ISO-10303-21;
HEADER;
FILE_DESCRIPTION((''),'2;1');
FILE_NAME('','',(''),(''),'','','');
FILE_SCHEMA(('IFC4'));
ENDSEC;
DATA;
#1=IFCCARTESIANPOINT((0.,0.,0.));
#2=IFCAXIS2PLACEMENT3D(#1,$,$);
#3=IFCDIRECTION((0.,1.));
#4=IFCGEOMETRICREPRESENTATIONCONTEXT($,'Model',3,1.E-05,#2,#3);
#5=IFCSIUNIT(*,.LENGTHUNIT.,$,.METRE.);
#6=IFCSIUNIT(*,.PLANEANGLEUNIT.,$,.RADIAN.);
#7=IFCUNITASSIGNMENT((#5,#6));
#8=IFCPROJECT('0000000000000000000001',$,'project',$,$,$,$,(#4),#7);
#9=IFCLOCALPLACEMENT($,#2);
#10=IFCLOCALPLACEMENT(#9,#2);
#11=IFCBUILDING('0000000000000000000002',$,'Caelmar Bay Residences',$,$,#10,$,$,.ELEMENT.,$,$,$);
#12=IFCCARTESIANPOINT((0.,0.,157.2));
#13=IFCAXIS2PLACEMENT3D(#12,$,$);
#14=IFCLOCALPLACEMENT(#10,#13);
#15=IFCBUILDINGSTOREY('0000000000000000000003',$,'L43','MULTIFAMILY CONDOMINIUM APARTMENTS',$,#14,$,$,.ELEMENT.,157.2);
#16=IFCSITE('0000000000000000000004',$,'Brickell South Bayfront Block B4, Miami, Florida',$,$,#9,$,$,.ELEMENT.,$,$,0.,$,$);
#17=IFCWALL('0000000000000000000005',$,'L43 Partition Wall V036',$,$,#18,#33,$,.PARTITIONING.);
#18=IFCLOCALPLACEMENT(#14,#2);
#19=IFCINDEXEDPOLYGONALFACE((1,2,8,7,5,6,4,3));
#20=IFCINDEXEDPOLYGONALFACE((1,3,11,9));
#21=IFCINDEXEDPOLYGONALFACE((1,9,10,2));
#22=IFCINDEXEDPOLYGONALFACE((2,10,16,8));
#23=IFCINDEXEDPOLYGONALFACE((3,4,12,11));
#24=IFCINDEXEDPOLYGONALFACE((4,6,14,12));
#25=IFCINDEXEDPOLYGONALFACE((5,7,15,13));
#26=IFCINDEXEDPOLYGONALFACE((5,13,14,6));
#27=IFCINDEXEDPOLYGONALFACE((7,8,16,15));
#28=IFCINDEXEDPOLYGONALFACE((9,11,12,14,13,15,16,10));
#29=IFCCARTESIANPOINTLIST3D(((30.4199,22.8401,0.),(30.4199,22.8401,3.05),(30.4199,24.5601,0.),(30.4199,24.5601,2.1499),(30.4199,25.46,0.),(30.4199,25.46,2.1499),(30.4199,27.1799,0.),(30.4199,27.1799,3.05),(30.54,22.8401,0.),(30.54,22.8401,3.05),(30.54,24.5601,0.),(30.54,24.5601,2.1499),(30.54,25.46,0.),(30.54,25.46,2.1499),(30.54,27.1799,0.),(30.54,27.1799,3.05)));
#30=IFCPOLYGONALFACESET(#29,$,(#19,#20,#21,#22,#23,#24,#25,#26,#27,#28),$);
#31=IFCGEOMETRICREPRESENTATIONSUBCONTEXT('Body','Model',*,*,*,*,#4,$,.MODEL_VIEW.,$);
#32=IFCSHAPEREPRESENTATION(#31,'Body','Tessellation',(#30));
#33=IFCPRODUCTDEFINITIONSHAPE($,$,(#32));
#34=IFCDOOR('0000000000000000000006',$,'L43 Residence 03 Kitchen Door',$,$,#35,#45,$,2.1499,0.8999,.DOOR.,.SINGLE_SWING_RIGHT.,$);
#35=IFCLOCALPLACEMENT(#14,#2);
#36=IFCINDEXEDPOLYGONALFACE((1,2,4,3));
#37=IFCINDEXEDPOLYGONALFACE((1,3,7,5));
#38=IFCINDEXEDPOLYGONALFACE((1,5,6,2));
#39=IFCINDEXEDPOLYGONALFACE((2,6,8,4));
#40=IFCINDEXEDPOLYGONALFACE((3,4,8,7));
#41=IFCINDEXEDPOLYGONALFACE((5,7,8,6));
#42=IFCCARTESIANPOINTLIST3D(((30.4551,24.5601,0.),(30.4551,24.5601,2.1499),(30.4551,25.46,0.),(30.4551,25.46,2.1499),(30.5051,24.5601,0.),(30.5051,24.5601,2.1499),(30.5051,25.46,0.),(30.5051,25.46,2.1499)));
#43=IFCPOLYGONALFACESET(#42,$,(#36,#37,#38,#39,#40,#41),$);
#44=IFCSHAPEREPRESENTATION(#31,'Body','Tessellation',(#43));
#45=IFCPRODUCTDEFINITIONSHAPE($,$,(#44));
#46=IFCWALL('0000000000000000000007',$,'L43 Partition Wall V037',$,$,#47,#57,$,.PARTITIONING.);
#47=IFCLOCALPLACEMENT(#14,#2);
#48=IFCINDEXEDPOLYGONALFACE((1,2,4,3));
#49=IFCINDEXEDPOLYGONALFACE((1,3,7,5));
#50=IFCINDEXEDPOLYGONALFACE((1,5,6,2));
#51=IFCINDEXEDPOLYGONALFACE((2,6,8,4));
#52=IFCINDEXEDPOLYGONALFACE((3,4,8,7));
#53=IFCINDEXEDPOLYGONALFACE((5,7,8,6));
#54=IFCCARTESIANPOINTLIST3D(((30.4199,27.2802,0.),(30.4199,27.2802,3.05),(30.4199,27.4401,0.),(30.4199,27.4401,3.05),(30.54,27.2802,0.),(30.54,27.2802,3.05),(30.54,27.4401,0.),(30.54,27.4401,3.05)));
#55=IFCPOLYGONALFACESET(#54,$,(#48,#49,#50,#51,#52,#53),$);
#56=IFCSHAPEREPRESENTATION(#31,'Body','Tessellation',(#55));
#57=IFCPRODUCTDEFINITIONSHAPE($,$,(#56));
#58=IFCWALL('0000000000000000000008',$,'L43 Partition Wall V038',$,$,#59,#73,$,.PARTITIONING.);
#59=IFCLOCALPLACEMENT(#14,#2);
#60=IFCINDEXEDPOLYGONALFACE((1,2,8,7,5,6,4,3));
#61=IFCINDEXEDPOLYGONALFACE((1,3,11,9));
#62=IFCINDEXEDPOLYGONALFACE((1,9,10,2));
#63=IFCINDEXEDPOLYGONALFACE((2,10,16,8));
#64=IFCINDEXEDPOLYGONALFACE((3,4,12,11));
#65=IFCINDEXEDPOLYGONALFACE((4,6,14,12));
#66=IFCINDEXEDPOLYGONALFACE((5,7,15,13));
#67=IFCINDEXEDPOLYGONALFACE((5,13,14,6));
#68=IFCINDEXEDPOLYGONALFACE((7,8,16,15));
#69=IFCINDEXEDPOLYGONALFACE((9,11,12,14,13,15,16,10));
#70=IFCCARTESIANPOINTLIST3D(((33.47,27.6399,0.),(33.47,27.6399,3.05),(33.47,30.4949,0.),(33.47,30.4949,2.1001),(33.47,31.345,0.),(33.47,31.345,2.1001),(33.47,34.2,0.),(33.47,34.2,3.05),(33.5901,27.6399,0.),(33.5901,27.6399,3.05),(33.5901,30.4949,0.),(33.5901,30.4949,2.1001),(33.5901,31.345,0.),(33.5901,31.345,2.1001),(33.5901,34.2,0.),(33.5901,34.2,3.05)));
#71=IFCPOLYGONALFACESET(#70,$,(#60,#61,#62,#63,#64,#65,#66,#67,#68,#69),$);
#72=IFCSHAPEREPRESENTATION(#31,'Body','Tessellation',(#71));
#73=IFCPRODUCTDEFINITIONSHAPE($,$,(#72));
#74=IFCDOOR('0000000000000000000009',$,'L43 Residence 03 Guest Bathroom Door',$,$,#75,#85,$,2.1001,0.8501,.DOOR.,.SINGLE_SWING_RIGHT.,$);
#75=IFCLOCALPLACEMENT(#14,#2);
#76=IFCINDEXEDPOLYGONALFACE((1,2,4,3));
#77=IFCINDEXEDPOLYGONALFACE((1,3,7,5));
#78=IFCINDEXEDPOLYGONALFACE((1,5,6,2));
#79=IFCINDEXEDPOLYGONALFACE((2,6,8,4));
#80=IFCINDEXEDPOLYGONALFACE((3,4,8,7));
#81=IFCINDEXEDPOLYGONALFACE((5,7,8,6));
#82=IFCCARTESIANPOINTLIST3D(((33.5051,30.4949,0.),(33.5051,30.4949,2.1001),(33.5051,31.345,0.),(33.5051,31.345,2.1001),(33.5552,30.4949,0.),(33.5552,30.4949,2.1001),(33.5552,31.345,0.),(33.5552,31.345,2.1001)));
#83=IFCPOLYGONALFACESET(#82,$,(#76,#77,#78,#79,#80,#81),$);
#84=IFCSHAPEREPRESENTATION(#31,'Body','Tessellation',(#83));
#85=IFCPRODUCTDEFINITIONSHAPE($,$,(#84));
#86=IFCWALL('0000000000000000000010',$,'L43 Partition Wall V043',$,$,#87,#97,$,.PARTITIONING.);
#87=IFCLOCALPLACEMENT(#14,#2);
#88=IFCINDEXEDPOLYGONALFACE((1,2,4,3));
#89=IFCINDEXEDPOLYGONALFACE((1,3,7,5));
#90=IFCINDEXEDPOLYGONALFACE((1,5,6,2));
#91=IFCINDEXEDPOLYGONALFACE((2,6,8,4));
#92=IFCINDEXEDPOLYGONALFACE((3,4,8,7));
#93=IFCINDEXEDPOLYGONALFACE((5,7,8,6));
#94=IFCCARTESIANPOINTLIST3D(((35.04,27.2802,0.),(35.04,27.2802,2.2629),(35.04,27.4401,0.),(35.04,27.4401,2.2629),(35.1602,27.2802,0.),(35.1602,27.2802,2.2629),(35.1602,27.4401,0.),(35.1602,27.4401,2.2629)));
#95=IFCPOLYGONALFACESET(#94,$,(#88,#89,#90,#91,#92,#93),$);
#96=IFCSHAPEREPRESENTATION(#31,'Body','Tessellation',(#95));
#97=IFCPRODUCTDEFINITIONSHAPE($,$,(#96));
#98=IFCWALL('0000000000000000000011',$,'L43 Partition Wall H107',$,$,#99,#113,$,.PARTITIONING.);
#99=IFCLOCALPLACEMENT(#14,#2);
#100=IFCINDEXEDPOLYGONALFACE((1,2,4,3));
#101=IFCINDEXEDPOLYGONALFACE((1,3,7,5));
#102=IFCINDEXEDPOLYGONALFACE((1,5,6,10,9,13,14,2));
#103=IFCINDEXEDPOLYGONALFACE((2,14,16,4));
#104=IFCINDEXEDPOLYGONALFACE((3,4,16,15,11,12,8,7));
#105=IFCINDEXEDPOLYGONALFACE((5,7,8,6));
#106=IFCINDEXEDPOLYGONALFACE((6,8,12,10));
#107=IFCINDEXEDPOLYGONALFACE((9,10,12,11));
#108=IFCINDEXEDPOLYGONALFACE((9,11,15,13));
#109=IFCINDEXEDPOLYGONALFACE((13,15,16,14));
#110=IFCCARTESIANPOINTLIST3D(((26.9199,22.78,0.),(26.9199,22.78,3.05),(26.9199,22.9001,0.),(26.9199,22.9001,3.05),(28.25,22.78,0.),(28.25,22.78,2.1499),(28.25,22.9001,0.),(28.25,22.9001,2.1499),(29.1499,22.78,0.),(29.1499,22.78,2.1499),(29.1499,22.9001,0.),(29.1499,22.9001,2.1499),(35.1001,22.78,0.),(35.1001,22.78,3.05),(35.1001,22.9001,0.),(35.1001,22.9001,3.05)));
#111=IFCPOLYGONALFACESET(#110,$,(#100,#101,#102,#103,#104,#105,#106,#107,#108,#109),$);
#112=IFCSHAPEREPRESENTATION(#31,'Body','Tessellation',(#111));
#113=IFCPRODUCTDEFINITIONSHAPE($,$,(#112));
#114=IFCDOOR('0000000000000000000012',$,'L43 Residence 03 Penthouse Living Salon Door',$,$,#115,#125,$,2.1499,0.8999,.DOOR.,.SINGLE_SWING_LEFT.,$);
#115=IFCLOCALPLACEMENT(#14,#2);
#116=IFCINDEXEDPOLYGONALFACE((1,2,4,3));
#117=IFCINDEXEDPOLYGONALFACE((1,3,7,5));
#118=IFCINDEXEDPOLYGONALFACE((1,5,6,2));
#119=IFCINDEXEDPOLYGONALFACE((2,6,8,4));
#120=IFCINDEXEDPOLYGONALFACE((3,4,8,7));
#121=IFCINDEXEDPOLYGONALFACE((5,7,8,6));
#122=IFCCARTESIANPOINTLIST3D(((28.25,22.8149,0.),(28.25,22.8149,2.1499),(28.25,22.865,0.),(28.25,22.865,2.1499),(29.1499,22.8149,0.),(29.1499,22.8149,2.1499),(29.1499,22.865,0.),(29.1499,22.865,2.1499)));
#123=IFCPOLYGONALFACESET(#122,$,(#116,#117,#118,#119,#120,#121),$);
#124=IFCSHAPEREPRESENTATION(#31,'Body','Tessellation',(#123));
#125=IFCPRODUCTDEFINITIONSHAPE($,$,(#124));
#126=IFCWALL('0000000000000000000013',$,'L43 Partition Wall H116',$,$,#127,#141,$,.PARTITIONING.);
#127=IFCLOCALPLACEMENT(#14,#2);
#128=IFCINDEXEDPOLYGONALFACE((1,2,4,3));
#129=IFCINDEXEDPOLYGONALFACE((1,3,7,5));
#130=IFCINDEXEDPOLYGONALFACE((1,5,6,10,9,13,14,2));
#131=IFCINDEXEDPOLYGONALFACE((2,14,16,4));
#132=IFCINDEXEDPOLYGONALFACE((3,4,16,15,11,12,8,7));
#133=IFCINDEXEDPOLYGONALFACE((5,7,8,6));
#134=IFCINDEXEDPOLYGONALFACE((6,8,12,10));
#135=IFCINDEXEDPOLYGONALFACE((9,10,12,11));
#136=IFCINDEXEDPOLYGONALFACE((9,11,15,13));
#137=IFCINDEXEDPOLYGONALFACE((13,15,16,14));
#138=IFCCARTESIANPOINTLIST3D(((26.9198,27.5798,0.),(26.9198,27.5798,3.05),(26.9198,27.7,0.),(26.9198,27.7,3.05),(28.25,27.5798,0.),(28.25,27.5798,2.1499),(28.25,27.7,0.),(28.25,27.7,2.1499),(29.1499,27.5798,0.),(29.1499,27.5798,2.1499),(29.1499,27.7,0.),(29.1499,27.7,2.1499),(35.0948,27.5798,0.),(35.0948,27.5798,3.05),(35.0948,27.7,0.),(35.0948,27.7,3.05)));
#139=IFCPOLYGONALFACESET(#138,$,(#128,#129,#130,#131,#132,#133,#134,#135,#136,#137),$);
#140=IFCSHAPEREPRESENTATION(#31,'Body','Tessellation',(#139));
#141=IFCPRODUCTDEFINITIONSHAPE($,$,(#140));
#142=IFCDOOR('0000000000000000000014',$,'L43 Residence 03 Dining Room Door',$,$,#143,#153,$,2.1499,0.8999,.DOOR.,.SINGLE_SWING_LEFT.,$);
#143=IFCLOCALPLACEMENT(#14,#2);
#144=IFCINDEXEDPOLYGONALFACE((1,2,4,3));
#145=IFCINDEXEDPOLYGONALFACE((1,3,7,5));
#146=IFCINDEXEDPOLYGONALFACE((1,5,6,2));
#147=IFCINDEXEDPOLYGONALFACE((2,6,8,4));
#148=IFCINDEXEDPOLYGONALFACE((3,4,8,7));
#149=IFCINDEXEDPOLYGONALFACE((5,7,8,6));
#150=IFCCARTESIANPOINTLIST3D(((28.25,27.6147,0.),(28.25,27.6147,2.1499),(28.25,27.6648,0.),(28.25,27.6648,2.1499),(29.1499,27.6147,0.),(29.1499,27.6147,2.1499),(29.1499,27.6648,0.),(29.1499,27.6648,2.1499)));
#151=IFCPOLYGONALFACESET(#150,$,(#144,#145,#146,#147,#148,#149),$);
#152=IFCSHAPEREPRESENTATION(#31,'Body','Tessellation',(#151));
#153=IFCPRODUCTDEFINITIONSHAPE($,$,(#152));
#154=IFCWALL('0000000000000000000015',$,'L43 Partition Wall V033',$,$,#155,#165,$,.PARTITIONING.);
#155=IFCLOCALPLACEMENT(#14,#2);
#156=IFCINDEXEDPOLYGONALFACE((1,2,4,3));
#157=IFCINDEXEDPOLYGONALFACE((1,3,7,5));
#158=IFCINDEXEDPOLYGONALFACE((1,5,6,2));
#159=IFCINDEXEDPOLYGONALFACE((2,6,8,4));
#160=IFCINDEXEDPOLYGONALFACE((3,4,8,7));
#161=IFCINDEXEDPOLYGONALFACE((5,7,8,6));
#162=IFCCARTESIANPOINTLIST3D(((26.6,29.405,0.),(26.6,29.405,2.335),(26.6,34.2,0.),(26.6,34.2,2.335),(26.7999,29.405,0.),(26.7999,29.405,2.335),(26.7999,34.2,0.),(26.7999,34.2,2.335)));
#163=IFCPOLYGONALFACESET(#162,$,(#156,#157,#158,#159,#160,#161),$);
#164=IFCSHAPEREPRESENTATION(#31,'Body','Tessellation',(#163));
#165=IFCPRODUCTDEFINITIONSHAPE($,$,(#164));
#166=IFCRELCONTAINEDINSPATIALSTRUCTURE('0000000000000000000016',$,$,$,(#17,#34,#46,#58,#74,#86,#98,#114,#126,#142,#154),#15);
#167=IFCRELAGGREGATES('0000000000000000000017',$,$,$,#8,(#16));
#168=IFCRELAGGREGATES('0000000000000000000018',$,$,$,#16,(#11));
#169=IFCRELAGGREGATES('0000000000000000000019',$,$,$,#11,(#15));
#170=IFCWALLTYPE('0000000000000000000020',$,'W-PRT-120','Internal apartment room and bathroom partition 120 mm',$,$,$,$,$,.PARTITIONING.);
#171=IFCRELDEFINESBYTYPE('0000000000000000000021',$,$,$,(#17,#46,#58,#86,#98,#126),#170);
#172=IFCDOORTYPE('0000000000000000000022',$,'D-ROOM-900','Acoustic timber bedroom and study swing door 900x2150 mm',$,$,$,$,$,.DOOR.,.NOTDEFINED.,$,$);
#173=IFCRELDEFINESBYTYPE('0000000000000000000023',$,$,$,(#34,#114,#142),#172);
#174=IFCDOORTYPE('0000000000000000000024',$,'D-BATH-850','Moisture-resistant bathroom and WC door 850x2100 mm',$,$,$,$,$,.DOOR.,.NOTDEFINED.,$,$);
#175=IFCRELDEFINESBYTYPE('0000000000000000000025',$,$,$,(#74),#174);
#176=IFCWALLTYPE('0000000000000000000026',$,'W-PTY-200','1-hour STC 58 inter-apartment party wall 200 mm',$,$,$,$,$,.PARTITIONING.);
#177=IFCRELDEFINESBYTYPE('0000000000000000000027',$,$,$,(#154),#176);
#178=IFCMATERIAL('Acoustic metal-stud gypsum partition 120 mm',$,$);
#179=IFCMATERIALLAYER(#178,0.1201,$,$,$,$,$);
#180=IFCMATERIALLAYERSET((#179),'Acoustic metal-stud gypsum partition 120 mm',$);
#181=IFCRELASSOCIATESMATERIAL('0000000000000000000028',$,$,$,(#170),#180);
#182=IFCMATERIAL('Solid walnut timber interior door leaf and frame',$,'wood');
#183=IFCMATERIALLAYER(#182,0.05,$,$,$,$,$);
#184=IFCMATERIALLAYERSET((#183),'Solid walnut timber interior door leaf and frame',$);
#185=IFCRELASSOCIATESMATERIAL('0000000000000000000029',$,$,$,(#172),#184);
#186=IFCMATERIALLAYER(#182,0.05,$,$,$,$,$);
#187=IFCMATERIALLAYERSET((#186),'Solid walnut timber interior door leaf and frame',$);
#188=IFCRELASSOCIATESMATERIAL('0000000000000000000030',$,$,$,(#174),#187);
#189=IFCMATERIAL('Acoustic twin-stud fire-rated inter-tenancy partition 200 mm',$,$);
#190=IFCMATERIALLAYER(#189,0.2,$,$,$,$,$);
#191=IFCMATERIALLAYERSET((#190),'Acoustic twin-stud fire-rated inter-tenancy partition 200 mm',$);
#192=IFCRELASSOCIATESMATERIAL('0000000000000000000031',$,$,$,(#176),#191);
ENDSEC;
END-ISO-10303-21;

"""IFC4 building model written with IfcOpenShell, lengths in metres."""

from ifc_helpers import new_model, si_unit, direction, frame, frame_2d, origin, place, context, subcontext, project, spatial, rectangle, extrude, material, layer, layer_set, type_object, element, fill, save


model = new_model("IFC4")

# Units and contexts
model_context = context("Model", 3, precision=1e-05, world=origin(), true_north=direction((0.0, 1.0)))
body_context = subcontext(model_context, "Body", "Model", "MODEL_VIEW")
ifc_project = project(units=[si_unit("LENGTHUNIT", "METRE"), si_unit("PLANEANGLEUNIT", "RADIAN")], contexts=[model_context])

# Site, building, storey
site_placement = place(None, origin())
site = spatial("IfcSite", under=ifc_project, at=site_placement, Name="Brickell South Bayfront Block B4, Miami, Florida", CompositionType="ELEMENT", RefElevation=0.0)
building_placement = place(site_placement, origin())
building = spatial("IfcBuilding", under=site, at=building_placement, Name="Caelmar Bay Residences", CompositionType="ELEMENT")
storey_placement = place(building_placement, frame((0.0, 0.0, 157.2)))
storey = spatial("IfcBuildingStorey", under=building, at=storey_placement, Name="L43", Description="MULTIFAMILY CONDOMINIUM APARTMENTS", CompositionType="ELEMENT", Elevation=157.2)

# Wall, opening, door
ifc_material_1 = material(Name="Acoustic metal-stud gypsum partition 120 mm")
ifc_layer_1 = layer(ifc_material_1, 0.1201)
ifc_layer_set_1 = layer_set([ifc_layer_1], Name="Acoustic metal-stud gypsum partition 120 mm")
wall_type_1 = type_object("IfcWallType", Name="W-PRT-120", Description="Internal apartment room and bathroom partition 120 mm", PredefinedType="PARTITIONING", material=ifc_layer_set_1)
wall_1_placement = place(storey_placement, frame((30.48, 22.8401, 0.0), z_axis=(0.0, 0.0, 1.0), x_axis=(0.0, 1.0, 0.0)))
wall_1 = element("IfcWall", 1, at=wall_1_placement, inside=storey, type_object=wall_type_1, Name="L43 Partition Wall V036", PredefinedType="PARTITIONING", context=body_context, shape_type="SweptSolid", body=[
    extrude(rectangle(XDim=4.3398, YDim=0.1201, at=frame_2d((2.1699, 0.0))), origin(), (0.0, 0.0, 1.0), 3.05),
])
opening_1_placement = place(wall_1_placement, frame((1.72, 0.0, 0.0)))
opening_1 = element("IfcOpeningElement", 2, at=opening_1_placement, cuts=wall_1, PredefinedType="OPENING", context=body_context, shape_type="SweptSolid", body=[
    extrude(rectangle(XDim=0.8999, YDim=2.1499, at=frame_2d((0.45, 1.075))), frame((0.0, 0.0701, 0.0), z_axis=(0.0, -1.0, 0.0), x_axis=(1.0, 0.0, 0.0)), (0.0, 0.0, 1.0), 0.1401),
])
ifc_material_2 = material(Name="Solid walnut timber interior door leaf and frame", Category="wood")
ifc_layer_2 = layer(ifc_material_2, 0.05)
ifc_layer_set_2 = layer_set([ifc_layer_2], Name="Solid walnut timber interior door leaf and frame")
door_type_1 = type_object("IfcDoorType", Name="D-ROOM-900", Description="Acoustic timber bedroom and study swing door 900x2150 mm", OperationType="NOTDEFINED", PredefinedType="DOOR", material=ifc_layer_set_2)
door_1_placement = place(opening_1_placement, origin())
door_1 = element("IfcDoor", 3, at=door_1_placement, inside=storey, type_object=door_type_1, Name="L43 Residence 03 Kitchen Door", OperationType="SINGLE_SWING_RIGHT", OverallHeight=2.1499, OverallWidth=0.8999, PredefinedType="DOOR", context=body_context, shape_type="SweptSolid", body=[
    extrude(rectangle(XDim=0.8999, YDim=2.1499, at=frame_2d((0.45, 1.075))), frame((0.0, 0.0249, 0.0), z_axis=(0.0, -1.0, 0.0), x_axis=(1.0, 0.0, 0.0)), (0.0, 0.0, 1.0), 0.05),
])
fill(opening_1, door_1)

# Wall
wall_2_placement = place(storey_placement, frame((30.48, 27.28, 0.0), z_axis=(0.0, 0.0, 1.0), x_axis=(0.0, 1.0, 0.0)))
element("IfcWall", 4, at=wall_2_placement, inside=storey, type_object=wall_type_1, Name="L43 Partition Wall V037", PredefinedType="PARTITIONING", context=body_context, shape_type="SweptSolid", body=[
    extrude(rectangle(XDim=0.1599, YDim=0.1201, at=frame_2d((0.0801, 0.0))), origin(), (0.0, 0.0, 1.0), 3.05),
])

# Wall, opening, door
wall_3_placement = place(storey_placement, frame((33.53, 27.6399, 0.0), z_axis=(0.0, 0.0, 1.0), x_axis=(0.0, 1.0, 0.0)))
wall_3 = element("IfcWall", 5, at=wall_3_placement, inside=storey, type_object=wall_type_1, Name="L43 Partition Wall V038", PredefinedType="PARTITIONING", context=body_context, shape_type="SweptSolid", body=[
    extrude(rectangle(XDim=6.5601, YDim=0.1201, at=frame_2d((3.28, 0.0))), origin(), (0.0, 0.0, 1.0), 3.05),
])
opening_2_placement = place(wall_3_placement, frame((2.855, 0.0, 0.0)))
opening_2 = element("IfcOpeningElement", 6, at=opening_2_placement, cuts=wall_3, PredefinedType="OPENING", context=body_context, shape_type="SweptSolid", body=[
    extrude(rectangle(XDim=0.8501, YDim=2.1001, at=frame_2d((0.425, 1.05))), frame((0.0, 0.0701, 0.0), z_axis=(0.0, -1.0, 0.0), x_axis=(1.0, 0.0, 0.0)), (0.0, 0.0, 1.0), 0.1401),
])
ifc_layer_3 = layer(ifc_material_2, 0.05)
ifc_layer_set_3 = layer_set([ifc_layer_3], Name="Solid walnut timber interior door leaf and frame")
door_type_2 = type_object("IfcDoorType", Name="D-BATH-850", Description="Moisture-resistant bathroom and WC door 850x2100 mm", OperationType="NOTDEFINED", PredefinedType="DOOR", material=ifc_layer_set_3)
door_2_placement = place(opening_2_placement, origin())
door_2 = element("IfcDoor", 7, at=door_2_placement, inside=storey, type_object=door_type_2, Name="L43 Residence 03 Guest Bathroom Door", OperationType="SINGLE_SWING_RIGHT", OverallHeight=2.1001, OverallWidth=0.8501, PredefinedType="DOOR", context=body_context, shape_type="SweptSolid", body=[
    extrude(rectangle(XDim=0.8501, YDim=2.1001, at=frame_2d((0.425, 1.05))), frame((0.0, 0.0249, 0.0), z_axis=(0.0, -1.0, 0.0), x_axis=(1.0, 0.0, 0.0)), (0.0, 0.0, 1.0), 0.05),
])
fill(opening_2, door_2)

# Wall
wall_4_placement = place(storey_placement, frame((35.1001, 27.28, 0.0), z_axis=(0.0, 0.0, 1.0), x_axis=(0.0, 1.0, 0.0)))
element("IfcWall", 8, at=wall_4_placement, inside=storey, type_object=wall_type_1, Name="L43 Partition Wall V043", PredefinedType="PARTITIONING", context=body_context, shape_type="SweptSolid", body=[
    extrude(rectangle(XDim=0.1599, YDim=0.1201, at=frame_2d((0.0801, 0.0))), origin(), (0.0, 0.0, 1.0), 2.2629),
])

# Walls, openings, doors
wall_5_placement = place(storey_placement, frame((26.9199, 22.8401, 0.0), z_axis=(0.0, 0.0, 1.0), x_axis=(1.0, 0.0, 0.0)))
wall_5 = element("IfcWall", 9, at=wall_5_placement, inside=storey, type_object=wall_type_1, Name="L43 Partition Wall H107", PredefinedType="PARTITIONING", context=body_context, shape_type="SweptSolid", body=[
    extrude(rectangle(XDim=8.1802, YDim=0.1201, at=frame_2d((4.0901, 0.0))), origin(), (0.0, 0.0, 1.0), 3.05),
])
opening_3_placement = place(wall_5_placement, frame((1.3301, 0.0, 0.0)))
opening_3 = element("IfcOpeningElement", 10, at=opening_3_placement, cuts=wall_5, PredefinedType="OPENING", context=body_context, shape_type="SweptSolid", body=[
    extrude(rectangle(XDim=0.8999, YDim=2.1499, at=frame_2d((0.45, 1.075))), frame((0.0, 0.0701, 0.0), z_axis=(0.0, -1.0, 0.0), x_axis=(1.0, 0.0, 0.0)), (0.0, 0.0, 1.0), 0.1401),
])
door_3_placement = place(opening_3_placement, origin())
door_3 = element("IfcDoor", 11, at=door_3_placement, inside=storey, type_object=door_type_1, Name="L43 Residence 03 Penthouse Living Salon Door", OperationType="SINGLE_SWING_LEFT", OverallHeight=2.1499, OverallWidth=0.8999, PredefinedType="DOOR", context=body_context, shape_type="SweptSolid", body=[
    extrude(rectangle(XDim=0.8999, YDim=2.1499, at=frame_2d((0.45, 1.075))), frame((0.0, 0.0249, 0.0), z_axis=(0.0, -1.0, 0.0), x_axis=(1.0, 0.0, 0.0)), (0.0, 0.0, 1.0), 0.05),
])
fill(opening_3, door_3)
wall_6_placement = place(storey_placement, frame((26.9199, 27.6399, 0.0), z_axis=(0.0, 0.0, 1.0), x_axis=(1.0, 0.0, 0.0)))
wall_6 = element("IfcWall", 12, at=wall_6_placement, inside=storey, type_object=wall_type_1, Name="L43 Partition Wall H116", PredefinedType="PARTITIONING", context=body_context, shape_type="SweptSolid", body=[
    extrude(rectangle(XDim=8.175, YDim=0.1201, at=frame_2d((4.0874, 0.0))), origin(), (0.0, 0.0, 1.0), 3.05),
])
opening_4_placement = place(wall_6_placement, frame((1.3301, 0.0, 0.0)))
opening_4 = element("IfcOpeningElement", 13, at=opening_4_placement, cuts=wall_6, PredefinedType="OPENING", context=body_context, shape_type="SweptSolid", body=[
    extrude(rectangle(XDim=0.8999, YDim=2.1499, at=frame_2d((0.45, 1.075))), frame((0.0, 0.0701, 0.0), z_axis=(0.0, -1.0, 0.0), x_axis=(1.0, 0.0, 0.0)), (0.0, 0.0, 1.0), 0.1401),
])
door_4_placement = place(opening_4_placement, origin())
door_4 = element("IfcDoor", 14, at=door_4_placement, inside=storey, type_object=door_type_1, Name="L43 Residence 03 Dining Room Door", OperationType="SINGLE_SWING_LEFT", OverallHeight=2.1499, OverallWidth=0.8999, PredefinedType="DOOR", context=body_context, shape_type="SweptSolid", body=[
    extrude(rectangle(XDim=0.8999, YDim=2.1499, at=frame_2d((0.45, 1.075))), frame((0.0, 0.0249, 0.0), z_axis=(0.0, -1.0, 0.0), x_axis=(1.0, 0.0, 0.0)), (0.0, 0.0, 1.0), 0.05),
])
fill(opening_4, door_4)

# Wall
ifc_material_3 = material(Name="Acoustic twin-stud fire-rated inter-tenancy partition 200 mm")
ifc_layer_4 = layer(ifc_material_3, 0.2)
ifc_layer_set_4 = layer_set([ifc_layer_4], Name="Acoustic twin-stud fire-rated inter-tenancy partition 200 mm")
wall_type_2 = type_object("IfcWallType", Name="W-PTY-200", Description="1-hour STC 58 inter-apartment party wall 200 mm", PredefinedType="PARTITIONING", material=ifc_layer_set_4)
wall_7_placement = place(storey_placement, frame((26.7, 29.405, 0.0), z_axis=(0.0, 0.0, 1.0), x_axis=(0.0, 1.0, 0.0)))
element("IfcWall", 15, at=wall_7_placement, inside=storey, type_object=wall_type_2, Name="L43 Partition Wall V033", PredefinedType="PARTITIONING", context=body_context, shape_type="SweptSolid", body=[
    extrude(rectangle(XDim=4.7949, YDim=0.2, at=frame_2d((2.3975, 0.0))), origin(), (0.0, 0.0, 1.0), 2.335),
])

save(model, "model.ifc")
